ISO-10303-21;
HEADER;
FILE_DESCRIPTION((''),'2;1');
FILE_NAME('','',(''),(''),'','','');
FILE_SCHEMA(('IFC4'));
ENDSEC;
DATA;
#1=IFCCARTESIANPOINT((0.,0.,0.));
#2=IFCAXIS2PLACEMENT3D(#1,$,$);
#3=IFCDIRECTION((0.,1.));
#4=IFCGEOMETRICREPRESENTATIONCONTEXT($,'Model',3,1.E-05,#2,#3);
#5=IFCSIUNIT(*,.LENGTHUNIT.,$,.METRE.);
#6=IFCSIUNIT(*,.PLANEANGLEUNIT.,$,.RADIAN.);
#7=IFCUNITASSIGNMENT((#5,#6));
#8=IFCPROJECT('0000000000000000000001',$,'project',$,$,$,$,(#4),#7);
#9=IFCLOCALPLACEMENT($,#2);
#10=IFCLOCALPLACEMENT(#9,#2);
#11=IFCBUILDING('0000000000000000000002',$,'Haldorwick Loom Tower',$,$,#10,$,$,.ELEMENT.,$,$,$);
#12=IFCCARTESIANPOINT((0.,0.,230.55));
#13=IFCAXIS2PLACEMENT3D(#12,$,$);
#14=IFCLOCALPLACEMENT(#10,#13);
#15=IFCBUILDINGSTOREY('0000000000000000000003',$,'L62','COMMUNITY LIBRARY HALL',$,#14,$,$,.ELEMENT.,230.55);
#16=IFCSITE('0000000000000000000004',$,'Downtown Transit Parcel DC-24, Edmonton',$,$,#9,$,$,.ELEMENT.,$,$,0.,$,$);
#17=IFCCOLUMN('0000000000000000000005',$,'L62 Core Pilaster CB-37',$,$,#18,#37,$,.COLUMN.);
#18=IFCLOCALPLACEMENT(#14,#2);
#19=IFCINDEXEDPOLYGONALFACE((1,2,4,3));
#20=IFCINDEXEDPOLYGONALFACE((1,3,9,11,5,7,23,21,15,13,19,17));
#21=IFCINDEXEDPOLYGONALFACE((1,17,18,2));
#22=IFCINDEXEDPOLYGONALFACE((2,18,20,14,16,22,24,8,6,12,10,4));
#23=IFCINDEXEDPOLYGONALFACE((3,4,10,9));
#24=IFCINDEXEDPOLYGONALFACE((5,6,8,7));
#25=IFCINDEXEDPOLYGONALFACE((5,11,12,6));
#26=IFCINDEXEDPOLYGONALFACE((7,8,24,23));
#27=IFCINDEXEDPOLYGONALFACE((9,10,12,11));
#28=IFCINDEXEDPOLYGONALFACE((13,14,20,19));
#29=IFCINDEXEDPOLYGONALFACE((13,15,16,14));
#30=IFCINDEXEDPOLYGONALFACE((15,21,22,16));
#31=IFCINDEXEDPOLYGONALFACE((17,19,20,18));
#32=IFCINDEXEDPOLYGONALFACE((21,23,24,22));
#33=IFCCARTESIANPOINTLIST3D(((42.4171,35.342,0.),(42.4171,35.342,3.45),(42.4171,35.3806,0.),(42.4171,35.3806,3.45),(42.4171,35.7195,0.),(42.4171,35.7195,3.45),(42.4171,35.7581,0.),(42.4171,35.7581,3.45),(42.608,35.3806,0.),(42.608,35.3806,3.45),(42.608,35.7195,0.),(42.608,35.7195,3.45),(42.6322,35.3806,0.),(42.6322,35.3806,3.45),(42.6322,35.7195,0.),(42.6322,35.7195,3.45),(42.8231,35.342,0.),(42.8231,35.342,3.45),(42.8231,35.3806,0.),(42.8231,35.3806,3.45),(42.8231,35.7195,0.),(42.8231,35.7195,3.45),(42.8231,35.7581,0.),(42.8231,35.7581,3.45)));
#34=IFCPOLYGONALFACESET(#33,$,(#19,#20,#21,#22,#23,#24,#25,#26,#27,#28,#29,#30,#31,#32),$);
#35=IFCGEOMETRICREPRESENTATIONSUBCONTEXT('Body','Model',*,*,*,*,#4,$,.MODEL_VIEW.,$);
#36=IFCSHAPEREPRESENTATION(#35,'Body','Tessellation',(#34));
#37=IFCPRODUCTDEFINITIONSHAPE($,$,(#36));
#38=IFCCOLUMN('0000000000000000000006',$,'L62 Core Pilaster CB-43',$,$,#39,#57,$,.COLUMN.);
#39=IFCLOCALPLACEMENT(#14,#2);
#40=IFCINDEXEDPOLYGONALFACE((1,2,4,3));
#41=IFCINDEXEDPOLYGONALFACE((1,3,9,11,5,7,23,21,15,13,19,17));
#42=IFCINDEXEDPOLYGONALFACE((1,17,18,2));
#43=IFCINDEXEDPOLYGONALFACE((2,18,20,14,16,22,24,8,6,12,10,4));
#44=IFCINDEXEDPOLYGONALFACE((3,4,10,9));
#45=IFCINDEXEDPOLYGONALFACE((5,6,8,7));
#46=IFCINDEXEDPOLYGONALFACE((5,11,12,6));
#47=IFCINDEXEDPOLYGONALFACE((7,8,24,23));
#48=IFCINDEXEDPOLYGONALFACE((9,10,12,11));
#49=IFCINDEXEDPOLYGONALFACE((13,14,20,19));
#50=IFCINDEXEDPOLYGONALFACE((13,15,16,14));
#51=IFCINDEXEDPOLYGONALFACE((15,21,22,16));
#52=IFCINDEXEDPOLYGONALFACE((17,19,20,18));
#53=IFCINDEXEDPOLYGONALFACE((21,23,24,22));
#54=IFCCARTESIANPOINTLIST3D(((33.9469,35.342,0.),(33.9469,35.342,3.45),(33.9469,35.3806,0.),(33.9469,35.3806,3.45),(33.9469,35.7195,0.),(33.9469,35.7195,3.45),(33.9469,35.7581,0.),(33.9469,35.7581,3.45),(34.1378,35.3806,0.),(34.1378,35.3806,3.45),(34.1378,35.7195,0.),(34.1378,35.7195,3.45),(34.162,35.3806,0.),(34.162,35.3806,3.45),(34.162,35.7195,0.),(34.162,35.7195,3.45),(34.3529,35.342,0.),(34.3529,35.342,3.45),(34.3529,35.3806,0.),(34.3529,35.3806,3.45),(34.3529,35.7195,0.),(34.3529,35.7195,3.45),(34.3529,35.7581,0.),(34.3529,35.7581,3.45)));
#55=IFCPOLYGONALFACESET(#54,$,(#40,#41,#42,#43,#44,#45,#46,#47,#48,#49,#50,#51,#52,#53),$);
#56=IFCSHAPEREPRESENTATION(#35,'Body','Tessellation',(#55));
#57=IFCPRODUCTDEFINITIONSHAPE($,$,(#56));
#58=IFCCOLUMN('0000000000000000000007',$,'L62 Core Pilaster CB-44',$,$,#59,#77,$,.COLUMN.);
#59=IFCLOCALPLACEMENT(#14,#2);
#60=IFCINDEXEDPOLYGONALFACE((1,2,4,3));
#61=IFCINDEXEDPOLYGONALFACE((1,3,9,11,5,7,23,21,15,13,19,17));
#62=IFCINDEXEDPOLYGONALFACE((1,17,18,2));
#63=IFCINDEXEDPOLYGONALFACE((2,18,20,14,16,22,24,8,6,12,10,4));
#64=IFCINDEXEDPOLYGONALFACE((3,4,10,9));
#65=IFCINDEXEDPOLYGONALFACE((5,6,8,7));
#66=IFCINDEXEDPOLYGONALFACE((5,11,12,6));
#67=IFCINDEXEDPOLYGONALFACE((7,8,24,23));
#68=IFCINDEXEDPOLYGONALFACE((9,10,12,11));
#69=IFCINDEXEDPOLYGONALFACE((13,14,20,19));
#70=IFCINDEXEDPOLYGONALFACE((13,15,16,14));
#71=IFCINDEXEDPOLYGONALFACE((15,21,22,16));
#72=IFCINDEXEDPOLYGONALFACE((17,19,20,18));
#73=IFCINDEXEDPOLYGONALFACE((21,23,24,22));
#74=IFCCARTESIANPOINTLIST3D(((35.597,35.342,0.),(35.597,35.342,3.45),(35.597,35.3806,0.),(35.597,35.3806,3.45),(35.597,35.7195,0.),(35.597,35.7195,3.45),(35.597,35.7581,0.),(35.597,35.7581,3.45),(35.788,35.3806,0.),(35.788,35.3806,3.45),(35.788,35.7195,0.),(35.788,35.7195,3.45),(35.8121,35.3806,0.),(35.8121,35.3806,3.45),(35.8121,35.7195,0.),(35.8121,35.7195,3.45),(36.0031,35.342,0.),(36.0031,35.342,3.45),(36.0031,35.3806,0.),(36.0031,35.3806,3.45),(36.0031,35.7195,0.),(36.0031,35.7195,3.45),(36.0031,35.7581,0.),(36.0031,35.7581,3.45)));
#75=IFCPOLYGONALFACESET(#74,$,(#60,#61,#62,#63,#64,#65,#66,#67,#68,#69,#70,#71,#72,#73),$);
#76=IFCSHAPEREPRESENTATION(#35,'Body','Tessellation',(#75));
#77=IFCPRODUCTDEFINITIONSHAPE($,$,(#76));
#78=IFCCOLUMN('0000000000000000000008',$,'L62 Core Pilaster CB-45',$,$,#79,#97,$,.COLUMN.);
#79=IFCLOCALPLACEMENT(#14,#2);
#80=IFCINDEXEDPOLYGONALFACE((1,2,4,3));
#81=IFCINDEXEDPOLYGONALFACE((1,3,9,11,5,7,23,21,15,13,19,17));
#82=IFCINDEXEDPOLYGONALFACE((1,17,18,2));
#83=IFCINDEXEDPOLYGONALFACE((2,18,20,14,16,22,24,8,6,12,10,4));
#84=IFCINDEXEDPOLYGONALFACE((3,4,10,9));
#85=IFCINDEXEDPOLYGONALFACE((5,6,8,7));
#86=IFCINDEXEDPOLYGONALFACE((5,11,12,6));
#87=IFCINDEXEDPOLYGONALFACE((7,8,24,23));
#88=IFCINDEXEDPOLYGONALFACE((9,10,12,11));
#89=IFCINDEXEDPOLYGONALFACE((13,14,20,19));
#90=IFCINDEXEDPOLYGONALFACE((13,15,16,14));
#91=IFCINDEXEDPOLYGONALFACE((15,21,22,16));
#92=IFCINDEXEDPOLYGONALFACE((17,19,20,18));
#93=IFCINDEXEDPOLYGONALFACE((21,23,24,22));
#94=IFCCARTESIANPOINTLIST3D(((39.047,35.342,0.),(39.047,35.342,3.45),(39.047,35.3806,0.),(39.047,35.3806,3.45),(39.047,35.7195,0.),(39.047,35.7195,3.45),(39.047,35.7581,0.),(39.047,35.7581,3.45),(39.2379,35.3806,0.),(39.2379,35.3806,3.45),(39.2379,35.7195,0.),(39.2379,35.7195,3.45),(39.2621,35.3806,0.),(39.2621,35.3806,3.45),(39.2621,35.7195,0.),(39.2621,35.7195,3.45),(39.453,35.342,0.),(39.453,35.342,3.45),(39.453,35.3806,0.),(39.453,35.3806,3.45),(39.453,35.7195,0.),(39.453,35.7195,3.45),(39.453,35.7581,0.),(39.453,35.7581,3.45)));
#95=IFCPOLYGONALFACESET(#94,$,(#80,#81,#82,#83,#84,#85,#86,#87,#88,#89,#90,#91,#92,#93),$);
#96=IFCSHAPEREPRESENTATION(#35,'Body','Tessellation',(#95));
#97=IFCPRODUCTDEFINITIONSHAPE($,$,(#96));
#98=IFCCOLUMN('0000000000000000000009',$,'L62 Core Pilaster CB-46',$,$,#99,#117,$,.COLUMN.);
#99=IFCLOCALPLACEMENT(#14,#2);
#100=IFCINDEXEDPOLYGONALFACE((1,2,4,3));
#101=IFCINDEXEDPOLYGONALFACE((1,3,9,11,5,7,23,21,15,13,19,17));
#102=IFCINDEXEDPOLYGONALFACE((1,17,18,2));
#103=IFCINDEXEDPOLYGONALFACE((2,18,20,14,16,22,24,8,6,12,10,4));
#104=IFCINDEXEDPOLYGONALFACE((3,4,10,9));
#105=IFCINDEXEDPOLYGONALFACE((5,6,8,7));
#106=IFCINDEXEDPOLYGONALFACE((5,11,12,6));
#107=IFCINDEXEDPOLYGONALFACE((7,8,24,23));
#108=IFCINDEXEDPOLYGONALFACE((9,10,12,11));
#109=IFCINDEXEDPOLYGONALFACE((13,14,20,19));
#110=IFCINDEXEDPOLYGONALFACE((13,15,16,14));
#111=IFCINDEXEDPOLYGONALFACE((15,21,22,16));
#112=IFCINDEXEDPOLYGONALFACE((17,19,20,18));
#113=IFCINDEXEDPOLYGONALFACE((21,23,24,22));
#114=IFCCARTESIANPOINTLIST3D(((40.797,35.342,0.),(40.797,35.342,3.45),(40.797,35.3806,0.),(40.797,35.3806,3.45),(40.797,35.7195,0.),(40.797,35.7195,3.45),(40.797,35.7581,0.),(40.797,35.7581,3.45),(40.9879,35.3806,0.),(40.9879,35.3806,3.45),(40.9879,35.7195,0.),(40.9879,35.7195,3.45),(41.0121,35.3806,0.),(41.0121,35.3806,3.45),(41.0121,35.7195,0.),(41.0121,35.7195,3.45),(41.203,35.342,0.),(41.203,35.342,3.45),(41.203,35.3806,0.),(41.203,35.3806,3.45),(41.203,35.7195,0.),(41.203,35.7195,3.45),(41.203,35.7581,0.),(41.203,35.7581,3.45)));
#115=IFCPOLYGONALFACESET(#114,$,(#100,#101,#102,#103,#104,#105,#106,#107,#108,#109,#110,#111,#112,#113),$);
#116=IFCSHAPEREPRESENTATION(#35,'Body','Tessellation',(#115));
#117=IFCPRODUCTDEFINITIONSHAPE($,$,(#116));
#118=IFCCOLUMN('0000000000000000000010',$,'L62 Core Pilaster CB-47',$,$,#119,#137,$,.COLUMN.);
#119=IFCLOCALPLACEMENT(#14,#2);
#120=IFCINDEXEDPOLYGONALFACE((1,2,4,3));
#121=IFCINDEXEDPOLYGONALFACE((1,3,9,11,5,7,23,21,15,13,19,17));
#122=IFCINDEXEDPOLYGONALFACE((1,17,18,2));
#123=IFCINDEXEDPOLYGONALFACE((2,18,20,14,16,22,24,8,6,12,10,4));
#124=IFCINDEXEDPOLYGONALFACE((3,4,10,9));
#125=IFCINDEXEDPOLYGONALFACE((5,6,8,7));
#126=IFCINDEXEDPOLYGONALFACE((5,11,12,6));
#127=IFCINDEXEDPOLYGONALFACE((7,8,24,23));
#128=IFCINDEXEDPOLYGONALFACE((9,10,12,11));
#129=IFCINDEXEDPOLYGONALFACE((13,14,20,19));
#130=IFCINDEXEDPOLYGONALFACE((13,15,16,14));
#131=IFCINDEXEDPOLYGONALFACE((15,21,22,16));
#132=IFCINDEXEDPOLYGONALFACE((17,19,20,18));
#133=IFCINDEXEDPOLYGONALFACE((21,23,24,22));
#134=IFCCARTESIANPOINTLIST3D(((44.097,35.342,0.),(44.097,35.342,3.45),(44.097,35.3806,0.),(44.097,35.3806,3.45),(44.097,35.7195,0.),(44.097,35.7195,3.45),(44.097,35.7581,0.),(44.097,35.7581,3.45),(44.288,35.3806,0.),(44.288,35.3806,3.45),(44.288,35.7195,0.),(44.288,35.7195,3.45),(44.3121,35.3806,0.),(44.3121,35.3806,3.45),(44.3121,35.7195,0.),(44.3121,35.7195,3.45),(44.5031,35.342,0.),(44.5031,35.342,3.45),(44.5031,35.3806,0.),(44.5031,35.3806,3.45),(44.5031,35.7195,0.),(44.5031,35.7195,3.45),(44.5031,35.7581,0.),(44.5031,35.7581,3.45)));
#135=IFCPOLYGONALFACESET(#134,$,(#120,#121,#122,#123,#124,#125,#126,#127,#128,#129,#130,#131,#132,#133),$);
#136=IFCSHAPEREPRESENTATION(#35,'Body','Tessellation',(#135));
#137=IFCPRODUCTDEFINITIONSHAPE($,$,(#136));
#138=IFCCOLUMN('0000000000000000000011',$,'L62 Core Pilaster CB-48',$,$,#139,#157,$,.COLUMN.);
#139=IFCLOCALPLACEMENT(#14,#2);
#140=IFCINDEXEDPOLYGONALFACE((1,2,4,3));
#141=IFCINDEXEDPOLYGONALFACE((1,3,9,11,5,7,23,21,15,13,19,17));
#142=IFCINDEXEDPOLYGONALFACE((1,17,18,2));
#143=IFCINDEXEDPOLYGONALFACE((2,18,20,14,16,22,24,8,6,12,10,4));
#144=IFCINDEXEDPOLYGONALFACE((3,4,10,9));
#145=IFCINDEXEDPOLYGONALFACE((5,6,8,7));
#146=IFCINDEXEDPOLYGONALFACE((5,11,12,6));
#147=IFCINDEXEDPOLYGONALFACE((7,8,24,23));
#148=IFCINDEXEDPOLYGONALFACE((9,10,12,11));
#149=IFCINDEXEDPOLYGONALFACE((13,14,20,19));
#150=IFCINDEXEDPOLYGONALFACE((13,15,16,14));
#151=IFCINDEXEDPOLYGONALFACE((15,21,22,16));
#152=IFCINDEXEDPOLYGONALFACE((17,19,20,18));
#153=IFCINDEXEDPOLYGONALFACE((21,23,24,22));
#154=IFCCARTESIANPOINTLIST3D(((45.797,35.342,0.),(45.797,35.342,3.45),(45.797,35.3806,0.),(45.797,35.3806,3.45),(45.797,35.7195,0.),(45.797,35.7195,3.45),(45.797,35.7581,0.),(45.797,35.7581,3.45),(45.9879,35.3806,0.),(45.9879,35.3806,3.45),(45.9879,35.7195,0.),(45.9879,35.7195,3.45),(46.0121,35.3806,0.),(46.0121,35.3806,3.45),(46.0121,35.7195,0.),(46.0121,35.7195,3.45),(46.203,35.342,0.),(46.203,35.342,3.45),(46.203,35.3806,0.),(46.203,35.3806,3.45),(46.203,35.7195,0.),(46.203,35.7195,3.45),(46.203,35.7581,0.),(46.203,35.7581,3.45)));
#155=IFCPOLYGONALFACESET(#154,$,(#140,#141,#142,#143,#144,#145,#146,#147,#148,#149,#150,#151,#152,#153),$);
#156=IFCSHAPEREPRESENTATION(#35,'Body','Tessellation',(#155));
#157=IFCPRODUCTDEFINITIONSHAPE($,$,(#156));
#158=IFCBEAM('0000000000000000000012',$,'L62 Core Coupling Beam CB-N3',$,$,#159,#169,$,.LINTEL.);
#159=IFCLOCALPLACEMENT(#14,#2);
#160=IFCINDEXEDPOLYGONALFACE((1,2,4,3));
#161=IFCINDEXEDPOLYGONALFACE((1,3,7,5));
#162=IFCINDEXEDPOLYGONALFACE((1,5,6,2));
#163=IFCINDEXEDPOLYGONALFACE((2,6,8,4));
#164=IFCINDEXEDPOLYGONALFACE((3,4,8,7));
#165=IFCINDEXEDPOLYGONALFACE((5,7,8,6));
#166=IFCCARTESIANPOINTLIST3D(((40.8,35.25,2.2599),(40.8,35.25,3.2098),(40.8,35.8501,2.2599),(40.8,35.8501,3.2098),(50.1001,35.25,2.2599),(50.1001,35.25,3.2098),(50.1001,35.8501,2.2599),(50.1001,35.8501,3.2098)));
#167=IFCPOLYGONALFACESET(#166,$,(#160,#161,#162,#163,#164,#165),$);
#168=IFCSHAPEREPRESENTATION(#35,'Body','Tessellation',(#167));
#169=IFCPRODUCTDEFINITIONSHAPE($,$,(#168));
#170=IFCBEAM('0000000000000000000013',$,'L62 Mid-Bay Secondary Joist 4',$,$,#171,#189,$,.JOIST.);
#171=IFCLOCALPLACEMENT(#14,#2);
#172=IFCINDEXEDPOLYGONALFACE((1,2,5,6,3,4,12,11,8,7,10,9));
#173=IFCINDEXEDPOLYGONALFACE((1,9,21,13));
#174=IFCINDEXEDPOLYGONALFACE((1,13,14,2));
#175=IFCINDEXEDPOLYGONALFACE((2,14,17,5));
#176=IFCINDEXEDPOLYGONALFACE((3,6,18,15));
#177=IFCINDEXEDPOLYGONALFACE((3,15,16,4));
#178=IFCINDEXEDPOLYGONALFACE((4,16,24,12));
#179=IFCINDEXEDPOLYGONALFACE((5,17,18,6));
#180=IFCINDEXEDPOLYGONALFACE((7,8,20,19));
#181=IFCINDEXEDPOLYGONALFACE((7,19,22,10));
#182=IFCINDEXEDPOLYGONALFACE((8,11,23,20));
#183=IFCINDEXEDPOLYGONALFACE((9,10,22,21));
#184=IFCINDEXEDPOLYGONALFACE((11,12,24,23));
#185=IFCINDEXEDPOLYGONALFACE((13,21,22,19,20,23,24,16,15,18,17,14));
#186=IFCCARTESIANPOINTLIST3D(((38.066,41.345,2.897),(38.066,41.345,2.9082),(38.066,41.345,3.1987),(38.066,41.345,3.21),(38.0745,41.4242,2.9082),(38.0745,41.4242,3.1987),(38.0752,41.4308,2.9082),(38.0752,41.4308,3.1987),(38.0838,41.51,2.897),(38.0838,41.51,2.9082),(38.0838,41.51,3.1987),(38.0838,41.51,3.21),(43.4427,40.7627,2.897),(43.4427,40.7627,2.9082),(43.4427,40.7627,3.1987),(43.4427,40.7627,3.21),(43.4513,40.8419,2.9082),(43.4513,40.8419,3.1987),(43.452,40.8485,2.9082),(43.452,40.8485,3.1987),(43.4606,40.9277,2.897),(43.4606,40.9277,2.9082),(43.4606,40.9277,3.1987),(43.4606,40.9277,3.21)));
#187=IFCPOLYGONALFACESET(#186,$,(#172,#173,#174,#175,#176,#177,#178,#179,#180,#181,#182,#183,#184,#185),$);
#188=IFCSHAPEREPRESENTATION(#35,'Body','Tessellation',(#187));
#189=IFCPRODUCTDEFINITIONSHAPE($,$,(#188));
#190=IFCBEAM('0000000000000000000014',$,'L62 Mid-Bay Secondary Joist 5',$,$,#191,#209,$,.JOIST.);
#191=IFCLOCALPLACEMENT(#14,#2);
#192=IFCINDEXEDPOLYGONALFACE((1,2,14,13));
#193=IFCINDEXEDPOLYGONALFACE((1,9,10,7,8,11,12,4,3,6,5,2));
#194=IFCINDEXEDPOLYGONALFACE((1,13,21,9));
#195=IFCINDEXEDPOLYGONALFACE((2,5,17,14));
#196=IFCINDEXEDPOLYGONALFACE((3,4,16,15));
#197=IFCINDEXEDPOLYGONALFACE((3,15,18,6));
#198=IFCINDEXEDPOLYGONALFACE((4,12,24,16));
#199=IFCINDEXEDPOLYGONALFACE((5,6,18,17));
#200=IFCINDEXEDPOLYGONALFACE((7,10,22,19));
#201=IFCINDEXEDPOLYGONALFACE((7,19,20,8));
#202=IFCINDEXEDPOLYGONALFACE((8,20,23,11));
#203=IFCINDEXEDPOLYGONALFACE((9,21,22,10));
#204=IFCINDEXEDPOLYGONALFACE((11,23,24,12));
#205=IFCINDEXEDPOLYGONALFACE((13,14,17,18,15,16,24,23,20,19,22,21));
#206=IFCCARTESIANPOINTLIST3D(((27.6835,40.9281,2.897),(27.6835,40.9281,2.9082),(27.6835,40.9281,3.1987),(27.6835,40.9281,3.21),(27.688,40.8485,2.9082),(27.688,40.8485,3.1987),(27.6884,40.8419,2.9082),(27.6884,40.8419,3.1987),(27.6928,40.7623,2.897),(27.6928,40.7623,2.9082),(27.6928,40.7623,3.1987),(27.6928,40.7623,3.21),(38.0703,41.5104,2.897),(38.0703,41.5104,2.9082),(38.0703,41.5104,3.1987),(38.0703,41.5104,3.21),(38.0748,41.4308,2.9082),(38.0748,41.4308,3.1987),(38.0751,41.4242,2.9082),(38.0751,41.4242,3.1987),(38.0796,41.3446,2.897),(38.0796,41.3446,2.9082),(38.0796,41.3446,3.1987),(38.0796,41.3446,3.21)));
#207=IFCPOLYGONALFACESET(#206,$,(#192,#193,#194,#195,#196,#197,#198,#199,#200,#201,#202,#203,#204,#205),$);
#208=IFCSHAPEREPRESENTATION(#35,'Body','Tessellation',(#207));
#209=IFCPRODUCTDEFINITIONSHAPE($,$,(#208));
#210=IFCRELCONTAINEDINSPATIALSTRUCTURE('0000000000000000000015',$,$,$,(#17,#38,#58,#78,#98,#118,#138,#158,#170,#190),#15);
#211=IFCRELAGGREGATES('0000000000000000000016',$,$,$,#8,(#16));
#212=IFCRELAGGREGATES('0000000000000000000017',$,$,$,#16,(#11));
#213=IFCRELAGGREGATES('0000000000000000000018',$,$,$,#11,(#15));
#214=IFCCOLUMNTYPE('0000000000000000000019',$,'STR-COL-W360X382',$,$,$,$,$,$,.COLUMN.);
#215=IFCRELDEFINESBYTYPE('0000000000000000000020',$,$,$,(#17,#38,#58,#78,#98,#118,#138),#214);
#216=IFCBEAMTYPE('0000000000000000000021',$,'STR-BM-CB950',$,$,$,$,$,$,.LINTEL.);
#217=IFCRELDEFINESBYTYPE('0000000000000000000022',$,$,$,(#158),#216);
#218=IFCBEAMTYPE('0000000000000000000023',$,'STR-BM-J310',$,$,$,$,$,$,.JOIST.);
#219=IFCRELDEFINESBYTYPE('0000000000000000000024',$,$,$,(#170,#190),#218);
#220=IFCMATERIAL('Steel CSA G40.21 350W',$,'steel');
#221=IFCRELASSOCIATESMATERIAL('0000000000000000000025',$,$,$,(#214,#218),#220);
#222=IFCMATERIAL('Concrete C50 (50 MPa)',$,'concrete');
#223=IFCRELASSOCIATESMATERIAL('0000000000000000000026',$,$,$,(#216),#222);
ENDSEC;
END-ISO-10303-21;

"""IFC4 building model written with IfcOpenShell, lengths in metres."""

from ifc_helpers import new_model, si_unit, direction, frame, origin, origin_2d, place, context, subcontext, project, spatial, rectangle, i_section, extrude, material, material_profile, profile_set, type_object, element, save


model = new_model("IFC4")

# Units and contexts
model_context = context("Model", 3, precision=1e-05, world=origin(), true_north=direction((0.0, 1.0)))
body_context = subcontext(model_context, "Body", "Model", "MODEL_VIEW")
ifc_project = project(units=[si_unit("LENGTHUNIT", "METRE"), si_unit("PLANEANGLEUNIT", "RADIAN")], contexts=[model_context])

# Site, building, storey
site_placement = place(None, origin())
site = spatial("IfcSite", under=ifc_project, at=site_placement, Name="Downtown Transit Parcel DC-24, Edmonton", CompositionType="ELEMENT", RefElevation=0.0)
building_placement = place(site_placement, origin())
building = spatial("IfcBuilding", under=site, at=building_placement, Name="Haldorwick Loom Tower", CompositionType="ELEMENT")
storey_placement = place(building_placement, frame((0.0, 0.0, 230.55)))
storey = spatial("IfcBuildingStorey", under=building, at=storey_placement, Name="L62", Description="COMMUNITY LIBRARY HALL", CompositionType="ELEMENT", Elevation=230.55)

# Columns
ifc_material_1 = material(Name="Steel CSA G40.21 350W", Category="steel")
ifc_material_profile_1 = material_profile(ifc_material_1, i_section(OverallWidth=0.406, OverallDepth=0.416, WebThickness=0.0242, FlangeThickness=0.0386, at=origin_2d()), Name="W360X382", Category="steel")
ifc_profile_set_1 = profile_set([ifc_material_profile_1], Name="Steel CSA G40.21 350W")
column_type_1 = type_object("IfcColumnType", Name="STR-COL-W360X382", PredefinedType="COLUMN", material=ifc_profile_set_1)
for number, where, z_axis, x_axis, name in (
    (1, (42.6201, 35.55, 0.0), (0.0, 0.0, 1.0), (1.0, 0.0, 0.0), "L62 Core Pilaster CB-37"),
    (2, (34.1499, 35.55, 0.0), (0.0, 0.0, 1.0), (1.0, 0.0, 0.0), "L62 Core Pilaster CB-43"),
    (3, (35.8, 35.55, 0.0), (0.0, 0.0, 1.0), (1.0, 0.0, 0.0), "L62 Core Pilaster CB-44"),
    (4, (39.25, 35.55, 0.0), (0.0, 0.0, 1.0), (1.0, 0.0, 0.0), "L62 Core Pilaster CB-45"),
    (5, (41.0, 35.55, 0.0), (0.0, 0.0, 1.0), (1.0, 0.0, 0.0), "L62 Core Pilaster CB-46"),
    (6, (44.3, 35.55, 0.0), (0.0, 0.0, 1.0), (1.0, 0.0, 0.0), "L62 Core Pilaster CB-47"),
    (7, (46.0, 35.55, 0.0), (0.0, 0.0, 1.0), (1.0, 0.0, 0.0), "L62 Core Pilaster CB-48"),
):
    element("IfcColumn", number, at=place(storey_placement, frame(where, z_axis=z_axis, x_axis=x_axis)), inside=storey, type_object=column_type_1, Name=name, PredefinedType="COLUMN", context=body_context, shape_type="SweptSolid", body=[
        extrude(i_section(OverallWidth=0.406, OverallDepth=0.416, WebThickness=0.0242, FlangeThickness=0.0386, at=origin_2d()), origin(), (0.0, 0.0, 1.0), 3.45),
    ])

# Beams
ifc_material_2 = material(Name="Concrete C50 (50 MPa)", Category="concrete")
ifc_material_profile_2 = material_profile(ifc_material_2, rectangle(XDim=0.6001, YDim=0.95, at=origin_2d()), Name="RC600X950", Category="concrete")
ifc_profile_set_2 = profile_set([ifc_material_profile_2], Name="Concrete C50 (50 MPa)")
beam_type_1 = type_object("IfcBeamType", Name="STR-BM-CB950", PredefinedType="LINTEL", material=ifc_profile_set_2)
beam_1_placement = place(storey_placement, frame((40.8, 35.55, 2.7349), z_axis=(1.0, 0.0, 0.0), x_axis=(0.0, 1.0, 0.0)))
element("IfcBeam", 8, at=beam_1_placement, inside=storey, type_object=beam_type_1, Name="L62 Core Coupling Beam CB-N3", PredefinedType="LINTEL", context=body_context, shape_type="SweptSolid", body=[
    extrude(rectangle(XDim=0.6001, YDim=0.95, at=origin_2d()), origin(), (0.0, 0.0, 1.0), 9.3),
])
ifc_material_profile_3 = material_profile(ifc_material_1, i_section(OverallWidth=0.166, OverallDepth=0.313, WebThickness=0.0066, FlangeThickness=0.0112, at=origin_2d()), Name="W310X45", Category="steel")
ifc_profile_set_3 = profile_set([ifc_material_profile_3], Name="Steel CSA G40.21 350W")
beam_type_2 = type_object("IfcBeamType", Name="STR-BM-J310", PredefinedType="JOIST", material=ifc_profile_set_3)
beam_2_placement = place(storey_placement, frame((43.4517, 40.8452, 3.0535), z_axis=(-0.994187, 0.107666, 0.0), x_axis=(-0.107666, -0.994187, 0.0)))
element("IfcBeam", 9, at=beam_2_placement, inside=storey, type_object=beam_type_2, Name="L62 Mid-Bay Secondary Joist 4", PredefinedType="JOIST", context=body_context, shape_type="SweptSolid", body=[
    extrude(i_section(OverallWidth=0.166, OverallDepth=0.313, WebThickness=0.0066, FlangeThickness=0.0112, at=origin_2d()), origin(), (0.0, 0.0, 1.0), 5.4082),
])
beam_3_placement = place(storey_placement, frame((38.075, 41.4275, 3.0535), z_axis=(-0.998432, -0.055972, 0.0), x_axis=(0.055972, -0.998432, 0.0)))
element("IfcBeam", 10, at=beam_3_placement, inside=storey, type_object=beam_type_2, Name="L62 Mid-Bay Secondary Joist 5", PredefinedType="JOIST", context=body_context, shape_type="SweptSolid", body=[
    extrude(i_section(OverallWidth=0.166, OverallDepth=0.313, WebThickness=0.0066, FlangeThickness=0.0112, at=origin_2d()), origin(), (0.0, 0.0, 1.0), 10.4031),
])

save(model, "model.ifc")
